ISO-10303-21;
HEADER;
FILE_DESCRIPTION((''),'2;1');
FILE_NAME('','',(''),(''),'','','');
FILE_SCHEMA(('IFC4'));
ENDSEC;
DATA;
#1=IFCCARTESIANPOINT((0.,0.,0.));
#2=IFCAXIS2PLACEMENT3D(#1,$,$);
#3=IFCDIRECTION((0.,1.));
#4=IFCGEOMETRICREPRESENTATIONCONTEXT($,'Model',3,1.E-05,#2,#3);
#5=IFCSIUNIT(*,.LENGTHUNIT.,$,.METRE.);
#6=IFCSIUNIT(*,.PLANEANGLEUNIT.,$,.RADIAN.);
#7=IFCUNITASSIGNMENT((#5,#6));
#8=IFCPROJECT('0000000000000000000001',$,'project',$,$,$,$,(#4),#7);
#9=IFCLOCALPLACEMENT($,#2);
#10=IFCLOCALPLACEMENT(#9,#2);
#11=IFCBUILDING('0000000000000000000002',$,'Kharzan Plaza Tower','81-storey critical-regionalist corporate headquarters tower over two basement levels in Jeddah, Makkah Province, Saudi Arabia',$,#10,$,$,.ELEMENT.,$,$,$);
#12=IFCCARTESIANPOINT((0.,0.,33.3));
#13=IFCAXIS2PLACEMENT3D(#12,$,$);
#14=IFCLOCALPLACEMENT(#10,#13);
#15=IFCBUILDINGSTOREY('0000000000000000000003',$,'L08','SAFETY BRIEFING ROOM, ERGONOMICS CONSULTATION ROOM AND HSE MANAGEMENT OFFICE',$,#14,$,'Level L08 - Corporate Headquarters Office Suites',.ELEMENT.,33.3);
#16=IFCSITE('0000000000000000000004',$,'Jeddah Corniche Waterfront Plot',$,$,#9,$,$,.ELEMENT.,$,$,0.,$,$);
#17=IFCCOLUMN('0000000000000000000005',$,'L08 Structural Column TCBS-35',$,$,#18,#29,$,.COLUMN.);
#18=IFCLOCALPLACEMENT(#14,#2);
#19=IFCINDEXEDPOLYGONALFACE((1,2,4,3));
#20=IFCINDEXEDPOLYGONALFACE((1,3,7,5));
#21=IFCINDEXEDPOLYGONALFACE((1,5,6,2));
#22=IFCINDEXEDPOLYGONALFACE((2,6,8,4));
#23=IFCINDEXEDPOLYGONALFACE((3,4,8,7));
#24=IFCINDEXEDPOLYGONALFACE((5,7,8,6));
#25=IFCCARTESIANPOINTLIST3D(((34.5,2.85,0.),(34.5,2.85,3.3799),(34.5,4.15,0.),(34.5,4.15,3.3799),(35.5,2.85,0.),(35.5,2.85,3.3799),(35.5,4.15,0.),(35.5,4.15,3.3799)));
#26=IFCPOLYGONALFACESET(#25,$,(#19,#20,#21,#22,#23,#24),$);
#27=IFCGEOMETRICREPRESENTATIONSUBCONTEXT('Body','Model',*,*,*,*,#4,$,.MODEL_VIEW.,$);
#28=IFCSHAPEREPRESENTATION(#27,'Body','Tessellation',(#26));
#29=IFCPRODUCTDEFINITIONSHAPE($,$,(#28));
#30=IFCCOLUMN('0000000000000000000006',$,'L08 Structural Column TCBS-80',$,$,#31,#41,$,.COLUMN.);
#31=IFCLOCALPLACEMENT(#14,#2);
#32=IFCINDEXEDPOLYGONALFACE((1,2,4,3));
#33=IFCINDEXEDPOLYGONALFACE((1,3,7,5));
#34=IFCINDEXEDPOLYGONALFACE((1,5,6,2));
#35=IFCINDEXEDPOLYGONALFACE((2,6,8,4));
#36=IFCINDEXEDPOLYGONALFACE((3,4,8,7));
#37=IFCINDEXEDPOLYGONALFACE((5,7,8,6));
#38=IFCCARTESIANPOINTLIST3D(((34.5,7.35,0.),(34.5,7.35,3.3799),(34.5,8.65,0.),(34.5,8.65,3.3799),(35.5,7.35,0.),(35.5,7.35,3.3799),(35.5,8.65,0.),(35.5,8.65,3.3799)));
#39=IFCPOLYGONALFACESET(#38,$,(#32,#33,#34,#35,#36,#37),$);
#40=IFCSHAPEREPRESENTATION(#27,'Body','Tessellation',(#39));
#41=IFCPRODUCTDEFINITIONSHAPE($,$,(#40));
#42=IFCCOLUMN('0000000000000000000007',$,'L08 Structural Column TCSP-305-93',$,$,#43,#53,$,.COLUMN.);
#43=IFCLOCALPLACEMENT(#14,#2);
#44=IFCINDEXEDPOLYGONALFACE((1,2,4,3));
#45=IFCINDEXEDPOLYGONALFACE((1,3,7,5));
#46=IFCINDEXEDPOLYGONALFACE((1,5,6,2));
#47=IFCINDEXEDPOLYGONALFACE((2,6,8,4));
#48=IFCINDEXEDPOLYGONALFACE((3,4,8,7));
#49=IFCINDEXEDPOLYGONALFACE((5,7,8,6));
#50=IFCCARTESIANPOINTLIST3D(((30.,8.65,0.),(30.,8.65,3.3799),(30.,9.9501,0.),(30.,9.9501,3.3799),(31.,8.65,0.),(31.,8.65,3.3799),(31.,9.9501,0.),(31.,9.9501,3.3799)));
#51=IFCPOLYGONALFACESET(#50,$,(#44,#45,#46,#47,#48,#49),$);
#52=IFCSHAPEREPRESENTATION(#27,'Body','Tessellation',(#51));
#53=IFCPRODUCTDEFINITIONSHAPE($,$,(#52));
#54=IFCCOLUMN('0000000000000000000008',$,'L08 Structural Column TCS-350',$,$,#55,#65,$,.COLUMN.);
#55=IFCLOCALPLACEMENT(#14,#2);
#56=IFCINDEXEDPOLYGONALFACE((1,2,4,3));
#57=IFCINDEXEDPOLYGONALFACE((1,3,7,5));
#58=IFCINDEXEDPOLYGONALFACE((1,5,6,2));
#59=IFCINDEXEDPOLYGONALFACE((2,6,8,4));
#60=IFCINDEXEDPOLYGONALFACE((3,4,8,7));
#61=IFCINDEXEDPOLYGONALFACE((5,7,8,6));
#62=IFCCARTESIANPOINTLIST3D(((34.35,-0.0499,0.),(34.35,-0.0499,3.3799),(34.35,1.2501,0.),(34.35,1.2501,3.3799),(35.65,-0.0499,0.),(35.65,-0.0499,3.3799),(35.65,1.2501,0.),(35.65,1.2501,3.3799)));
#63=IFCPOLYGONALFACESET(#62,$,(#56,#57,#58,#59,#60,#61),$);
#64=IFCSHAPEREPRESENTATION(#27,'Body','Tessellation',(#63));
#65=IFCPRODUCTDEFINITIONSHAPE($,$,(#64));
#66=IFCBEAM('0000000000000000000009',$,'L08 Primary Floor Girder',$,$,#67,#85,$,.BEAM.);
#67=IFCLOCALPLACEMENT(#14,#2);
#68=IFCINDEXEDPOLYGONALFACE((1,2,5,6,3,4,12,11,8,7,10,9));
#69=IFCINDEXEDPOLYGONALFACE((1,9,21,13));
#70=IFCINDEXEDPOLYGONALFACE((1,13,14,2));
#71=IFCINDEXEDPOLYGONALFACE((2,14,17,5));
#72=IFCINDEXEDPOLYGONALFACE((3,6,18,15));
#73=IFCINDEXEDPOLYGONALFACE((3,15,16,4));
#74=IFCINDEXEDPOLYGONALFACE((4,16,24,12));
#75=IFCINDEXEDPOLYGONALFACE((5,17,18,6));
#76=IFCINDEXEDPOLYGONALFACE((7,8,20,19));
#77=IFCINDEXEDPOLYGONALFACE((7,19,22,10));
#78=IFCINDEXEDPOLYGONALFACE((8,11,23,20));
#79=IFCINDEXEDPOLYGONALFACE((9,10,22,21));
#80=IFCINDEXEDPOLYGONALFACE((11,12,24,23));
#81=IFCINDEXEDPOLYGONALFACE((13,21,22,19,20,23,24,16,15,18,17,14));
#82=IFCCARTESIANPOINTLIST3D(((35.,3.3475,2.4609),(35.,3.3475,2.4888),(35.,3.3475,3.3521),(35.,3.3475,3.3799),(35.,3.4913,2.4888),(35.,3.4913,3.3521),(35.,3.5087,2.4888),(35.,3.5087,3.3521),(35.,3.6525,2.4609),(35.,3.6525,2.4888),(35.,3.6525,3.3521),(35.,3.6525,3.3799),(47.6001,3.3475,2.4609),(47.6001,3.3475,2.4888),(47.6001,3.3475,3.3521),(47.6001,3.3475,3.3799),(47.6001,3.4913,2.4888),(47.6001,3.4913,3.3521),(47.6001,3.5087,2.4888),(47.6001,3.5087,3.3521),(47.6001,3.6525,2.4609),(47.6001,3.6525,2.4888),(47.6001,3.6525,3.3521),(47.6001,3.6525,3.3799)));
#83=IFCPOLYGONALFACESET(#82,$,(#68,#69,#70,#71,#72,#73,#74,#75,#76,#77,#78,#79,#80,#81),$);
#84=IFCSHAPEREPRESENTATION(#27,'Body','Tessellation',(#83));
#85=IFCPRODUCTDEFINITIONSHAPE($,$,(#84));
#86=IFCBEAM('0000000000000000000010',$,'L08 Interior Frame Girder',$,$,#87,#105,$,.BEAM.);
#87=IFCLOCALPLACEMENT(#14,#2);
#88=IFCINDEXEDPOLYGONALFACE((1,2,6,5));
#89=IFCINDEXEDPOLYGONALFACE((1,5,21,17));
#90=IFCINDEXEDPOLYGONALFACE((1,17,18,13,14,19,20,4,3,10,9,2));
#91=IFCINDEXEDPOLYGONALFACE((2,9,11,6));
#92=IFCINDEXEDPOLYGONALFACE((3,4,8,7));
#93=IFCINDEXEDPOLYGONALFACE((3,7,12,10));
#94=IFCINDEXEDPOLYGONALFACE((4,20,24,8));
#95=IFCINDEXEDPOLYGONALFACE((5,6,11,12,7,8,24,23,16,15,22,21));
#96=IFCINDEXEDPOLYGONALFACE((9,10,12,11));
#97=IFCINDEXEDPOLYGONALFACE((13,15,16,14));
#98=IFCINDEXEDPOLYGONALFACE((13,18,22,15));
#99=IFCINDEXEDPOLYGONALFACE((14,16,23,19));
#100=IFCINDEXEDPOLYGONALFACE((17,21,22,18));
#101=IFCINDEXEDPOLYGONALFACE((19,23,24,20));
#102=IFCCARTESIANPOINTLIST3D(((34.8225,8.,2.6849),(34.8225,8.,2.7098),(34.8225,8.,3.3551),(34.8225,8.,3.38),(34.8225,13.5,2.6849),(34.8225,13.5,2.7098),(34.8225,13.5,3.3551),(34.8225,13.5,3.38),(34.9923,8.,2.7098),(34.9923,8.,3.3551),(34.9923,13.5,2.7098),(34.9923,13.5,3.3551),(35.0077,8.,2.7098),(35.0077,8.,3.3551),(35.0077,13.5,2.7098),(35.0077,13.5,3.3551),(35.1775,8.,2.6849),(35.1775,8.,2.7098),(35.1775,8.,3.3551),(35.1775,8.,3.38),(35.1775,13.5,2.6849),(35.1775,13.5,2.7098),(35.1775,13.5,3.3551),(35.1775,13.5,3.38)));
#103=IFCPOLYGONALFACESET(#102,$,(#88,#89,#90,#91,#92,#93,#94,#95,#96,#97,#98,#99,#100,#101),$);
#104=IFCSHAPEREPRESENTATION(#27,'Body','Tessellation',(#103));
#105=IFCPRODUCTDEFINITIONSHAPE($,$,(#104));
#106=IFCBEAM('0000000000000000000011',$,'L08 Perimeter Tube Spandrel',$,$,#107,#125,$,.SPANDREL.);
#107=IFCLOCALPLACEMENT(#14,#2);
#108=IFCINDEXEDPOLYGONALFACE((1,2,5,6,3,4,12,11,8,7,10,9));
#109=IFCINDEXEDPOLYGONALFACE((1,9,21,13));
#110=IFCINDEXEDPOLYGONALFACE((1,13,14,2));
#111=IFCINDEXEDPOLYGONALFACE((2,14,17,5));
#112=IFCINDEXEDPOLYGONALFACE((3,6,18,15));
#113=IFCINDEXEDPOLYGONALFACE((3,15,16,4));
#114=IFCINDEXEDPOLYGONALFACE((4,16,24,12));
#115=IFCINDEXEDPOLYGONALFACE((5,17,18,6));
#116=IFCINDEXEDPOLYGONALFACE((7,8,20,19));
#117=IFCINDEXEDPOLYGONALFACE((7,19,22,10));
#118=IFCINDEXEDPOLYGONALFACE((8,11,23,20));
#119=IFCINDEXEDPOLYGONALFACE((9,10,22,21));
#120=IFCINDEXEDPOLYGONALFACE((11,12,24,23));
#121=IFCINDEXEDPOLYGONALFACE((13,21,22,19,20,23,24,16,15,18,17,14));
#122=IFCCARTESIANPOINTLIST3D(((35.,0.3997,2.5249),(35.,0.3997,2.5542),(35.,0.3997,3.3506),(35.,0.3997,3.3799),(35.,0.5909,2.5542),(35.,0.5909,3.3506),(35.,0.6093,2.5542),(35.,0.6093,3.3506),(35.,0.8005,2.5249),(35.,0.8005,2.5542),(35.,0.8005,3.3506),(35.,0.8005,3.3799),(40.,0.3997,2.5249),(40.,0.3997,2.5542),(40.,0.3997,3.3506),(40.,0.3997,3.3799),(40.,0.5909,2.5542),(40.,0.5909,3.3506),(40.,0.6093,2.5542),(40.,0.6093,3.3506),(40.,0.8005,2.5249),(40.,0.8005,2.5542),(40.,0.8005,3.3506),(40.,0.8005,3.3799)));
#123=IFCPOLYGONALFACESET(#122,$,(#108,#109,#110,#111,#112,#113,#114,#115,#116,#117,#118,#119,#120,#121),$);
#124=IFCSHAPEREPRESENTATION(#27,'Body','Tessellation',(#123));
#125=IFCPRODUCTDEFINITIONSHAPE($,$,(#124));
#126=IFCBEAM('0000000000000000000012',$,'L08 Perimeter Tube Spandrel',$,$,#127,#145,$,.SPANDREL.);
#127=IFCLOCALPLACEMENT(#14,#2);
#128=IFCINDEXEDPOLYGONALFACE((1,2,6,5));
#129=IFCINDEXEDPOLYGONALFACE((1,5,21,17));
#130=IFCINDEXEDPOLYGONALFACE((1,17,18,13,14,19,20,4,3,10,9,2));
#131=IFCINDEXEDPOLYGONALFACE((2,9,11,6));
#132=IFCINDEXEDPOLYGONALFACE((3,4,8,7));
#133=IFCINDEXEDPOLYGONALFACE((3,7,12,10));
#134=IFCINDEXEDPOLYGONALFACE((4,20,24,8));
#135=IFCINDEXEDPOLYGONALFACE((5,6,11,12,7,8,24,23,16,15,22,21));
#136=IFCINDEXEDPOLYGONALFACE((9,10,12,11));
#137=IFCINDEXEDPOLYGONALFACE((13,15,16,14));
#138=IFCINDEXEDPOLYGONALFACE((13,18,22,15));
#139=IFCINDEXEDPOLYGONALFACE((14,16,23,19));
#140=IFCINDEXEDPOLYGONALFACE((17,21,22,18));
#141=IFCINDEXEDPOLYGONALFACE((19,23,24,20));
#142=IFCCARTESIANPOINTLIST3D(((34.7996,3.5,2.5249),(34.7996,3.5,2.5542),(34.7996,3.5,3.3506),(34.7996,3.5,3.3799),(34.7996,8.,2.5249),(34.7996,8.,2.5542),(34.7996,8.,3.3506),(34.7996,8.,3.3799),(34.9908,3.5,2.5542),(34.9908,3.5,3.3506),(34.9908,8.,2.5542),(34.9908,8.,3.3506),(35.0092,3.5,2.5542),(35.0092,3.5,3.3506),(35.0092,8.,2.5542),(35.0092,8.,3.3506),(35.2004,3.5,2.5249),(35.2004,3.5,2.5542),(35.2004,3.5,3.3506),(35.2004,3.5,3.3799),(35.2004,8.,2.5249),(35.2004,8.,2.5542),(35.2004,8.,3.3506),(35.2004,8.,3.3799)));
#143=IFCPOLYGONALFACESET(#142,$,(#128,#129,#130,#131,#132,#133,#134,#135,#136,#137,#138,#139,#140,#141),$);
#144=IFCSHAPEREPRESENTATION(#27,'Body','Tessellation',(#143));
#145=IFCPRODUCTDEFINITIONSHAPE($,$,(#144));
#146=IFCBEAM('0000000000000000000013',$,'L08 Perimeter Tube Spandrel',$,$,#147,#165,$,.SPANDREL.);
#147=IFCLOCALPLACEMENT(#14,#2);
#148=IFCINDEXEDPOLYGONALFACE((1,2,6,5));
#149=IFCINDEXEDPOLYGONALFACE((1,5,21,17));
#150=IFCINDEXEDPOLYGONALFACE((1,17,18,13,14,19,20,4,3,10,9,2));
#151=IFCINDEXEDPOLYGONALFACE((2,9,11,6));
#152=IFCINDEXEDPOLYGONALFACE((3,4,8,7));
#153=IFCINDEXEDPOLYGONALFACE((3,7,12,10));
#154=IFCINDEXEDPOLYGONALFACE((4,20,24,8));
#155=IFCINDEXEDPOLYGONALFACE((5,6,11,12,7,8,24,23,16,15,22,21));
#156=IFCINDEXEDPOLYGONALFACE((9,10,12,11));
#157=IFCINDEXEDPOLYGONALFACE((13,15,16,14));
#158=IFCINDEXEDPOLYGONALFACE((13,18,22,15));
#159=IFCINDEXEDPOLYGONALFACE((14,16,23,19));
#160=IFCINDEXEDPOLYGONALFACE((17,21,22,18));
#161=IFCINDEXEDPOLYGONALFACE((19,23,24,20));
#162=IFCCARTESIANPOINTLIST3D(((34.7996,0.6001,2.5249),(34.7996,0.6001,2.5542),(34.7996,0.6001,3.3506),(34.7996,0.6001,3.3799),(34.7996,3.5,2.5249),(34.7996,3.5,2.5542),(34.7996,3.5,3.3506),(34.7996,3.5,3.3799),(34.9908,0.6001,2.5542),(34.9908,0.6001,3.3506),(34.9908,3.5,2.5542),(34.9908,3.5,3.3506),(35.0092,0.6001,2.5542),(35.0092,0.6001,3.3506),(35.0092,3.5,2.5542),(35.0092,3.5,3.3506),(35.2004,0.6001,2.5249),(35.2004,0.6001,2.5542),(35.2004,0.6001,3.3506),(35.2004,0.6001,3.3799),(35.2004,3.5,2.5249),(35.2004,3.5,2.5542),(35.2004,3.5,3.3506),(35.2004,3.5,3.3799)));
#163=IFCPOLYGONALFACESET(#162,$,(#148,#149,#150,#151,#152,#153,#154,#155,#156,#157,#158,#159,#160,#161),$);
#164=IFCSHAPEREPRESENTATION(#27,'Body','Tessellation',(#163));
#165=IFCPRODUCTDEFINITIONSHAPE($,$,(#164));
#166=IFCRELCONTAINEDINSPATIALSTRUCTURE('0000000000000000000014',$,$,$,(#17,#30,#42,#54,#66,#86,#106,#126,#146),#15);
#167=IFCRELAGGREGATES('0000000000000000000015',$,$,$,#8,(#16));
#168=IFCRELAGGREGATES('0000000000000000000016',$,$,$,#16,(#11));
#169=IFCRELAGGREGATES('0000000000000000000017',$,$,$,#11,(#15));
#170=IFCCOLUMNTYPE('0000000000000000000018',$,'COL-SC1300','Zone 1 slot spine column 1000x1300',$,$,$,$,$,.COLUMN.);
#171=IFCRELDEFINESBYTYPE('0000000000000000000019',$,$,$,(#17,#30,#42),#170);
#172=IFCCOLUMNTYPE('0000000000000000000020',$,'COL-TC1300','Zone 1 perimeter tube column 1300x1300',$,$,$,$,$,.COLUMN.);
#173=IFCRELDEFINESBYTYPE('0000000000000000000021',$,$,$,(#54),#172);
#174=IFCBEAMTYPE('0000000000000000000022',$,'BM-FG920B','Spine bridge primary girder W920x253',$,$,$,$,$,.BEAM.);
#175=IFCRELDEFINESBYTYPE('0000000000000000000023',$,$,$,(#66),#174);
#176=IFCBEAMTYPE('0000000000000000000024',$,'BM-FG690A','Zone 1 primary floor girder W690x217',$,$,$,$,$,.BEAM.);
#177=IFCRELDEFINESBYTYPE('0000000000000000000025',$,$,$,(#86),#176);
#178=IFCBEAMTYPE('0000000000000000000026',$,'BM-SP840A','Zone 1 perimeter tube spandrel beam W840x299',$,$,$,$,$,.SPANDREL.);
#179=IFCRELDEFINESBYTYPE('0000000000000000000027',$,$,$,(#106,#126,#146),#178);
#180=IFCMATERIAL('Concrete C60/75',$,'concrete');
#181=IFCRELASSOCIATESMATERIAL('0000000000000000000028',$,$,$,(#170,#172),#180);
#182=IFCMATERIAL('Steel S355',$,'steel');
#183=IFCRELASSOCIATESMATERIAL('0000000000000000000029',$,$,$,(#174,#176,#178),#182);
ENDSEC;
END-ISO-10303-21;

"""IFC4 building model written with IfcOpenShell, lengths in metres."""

from ifc_helpers import new_model, si_unit, direction, frame, origin, origin_2d, place, context, subcontext, project, spatial, rectangle, i_section, extrude, source, transform, mapped, material, material_profile, profile_set, type_object, element, save


model = new_model("IFC4")

# Units and contexts
model_context = context("Model", 3, precision=1e-05, world=origin(), true_north=direction((0.0, 1.0)))
body_context = subcontext(model_context, "Body", "Model", "MODEL_VIEW")
ifc_project = project(units=[si_unit("LENGTHUNIT", "METRE"), si_unit("PLANEANGLEUNIT", "RADIAN")], contexts=[model_context])

# Site, building, storey
site_placement = place(None, origin())
site = spatial("IfcSite", under=ifc_project, at=site_placement, Name="Jeddah Corniche Waterfront Plot", CompositionType="ELEMENT", RefElevation=0.0)
building_placement = place(site_placement, origin())
building = spatial("IfcBuilding", under=site, at=building_placement, Name="Kharzan Plaza Tower", Description="81-storey critical-regionalist corporate headquarters tower over two basement levels in Jeddah, Makkah Province, Saudi Arabia", CompositionType="ELEMENT")
storey_placement = place(building_placement, frame((0.0, 0.0, 33.3)))
storey = spatial("IfcBuildingStorey", under=building, at=storey_placement, Name="L08", Description="SAFETY BRIEFING ROOM, ERGONOMICS CONSULTATION ROOM AND HSE MANAGEMENT OFFICE", LongName="Level L08 - Corporate Headquarters Office Suites", CompositionType="ELEMENT", Elevation=33.3)

# Columns
ifc_material_1 = material(Name="Concrete C60/75", Category="concrete")
ifc_material_profile_1 = material_profile(ifc_material_1, rectangle(XDim=1.0, YDim=1.3, at=origin_2d()), Name="RC-SC1300x1000")
ifc_profile_set_1 = profile_set([ifc_material_profile_1], Name="Concrete C60/75")
column_type_1 = type_object("IfcColumnType", Name="COL-SC1300", Description="Zone 1 slot spine column 1000x1300", PredefinedType="COLUMN", material=ifc_profile_set_1)
shared_shape_1 = source(origin(), body_context, "Body", "SweptSolid", [
    extrude(rectangle(XDim=1.0, YDim=1.3, at=origin_2d()), origin(), (0.0, 0.0, 1.0), 3.3799),
])
for number, where, z_axis, x_axis, name in (
    (1, (35.0, 3.5, 0.0), (0.0, 0.0, 1.0), (1.0, 0.0, 0.0), "L08 Structural Column TCBS-35"),
    (2, (35.0, 8.0, 0.0), (0.0, 0.0, 1.0), (1.0, 0.0, 0.0), "L08 Structural Column TCBS-80"),
    (3, (30.5, 9.3, 0.0), (0.0, 0.0, 1.0), (1.0, 0.0, 0.0), "L08 Structural Column TCSP-305-93"),
):
    element("IfcColumn", number, at=place(storey_placement, frame(where, z_axis=z_axis, x_axis=x_axis)), inside=storey, type_object=column_type_1, Name=name, PredefinedType="COLUMN", context=body_context, shape_type="MappedRepresentation", body=[
        mapped(shared_shape_1, transform((0.0, 0.0, 0.0), x_axis=(1.0, 0.0, 0.0), y_axis=(0.0, 1.0, 0.0), z_axis=(0.0, 0.0, 1.0))),
    ])
ifc_material_profile_2 = material_profile(ifc_material_1, rectangle(XDim=1.3, YDim=1.3, at=origin_2d()), Name="RC-TC1300x1300")
ifc_profile_set_2 = profile_set([ifc_material_profile_2], Name="Concrete C60/75")
column_type_2 = type_object("IfcColumnType", Name="COL-TC1300", Description="Zone 1 perimeter tube column 1300x1300", PredefinedType="COLUMN", material=ifc_profile_set_2)
shared_shape_2 = source(origin(), body_context, "Body", "SweptSolid", [
    extrude(rectangle(XDim=1.3, YDim=1.3, at=origin_2d()), origin(), (0.0, 0.0, 1.0), 3.3799),
])
column_placement = place(storey_placement, frame((35.0, 0.6001, 0.0), z_axis=(0.0, 0.0, 1.0), x_axis=(1.0, 0.0, 0.0)))
element("IfcColumn", 4, at=column_placement, inside=storey, type_object=column_type_2, Name="L08 Structural Column TCS-350", PredefinedType="COLUMN", context=body_context, shape_type="MappedRepresentation", body=[
    mapped(shared_shape_2, transform((0.0, 0.0, 0.0), x_axis=(1.0, 0.0, 0.0), y_axis=(0.0, 1.0, 0.0), z_axis=(0.0, 0.0, 1.0))),
])

# Beams
ifc_material_2 = material(Name="Steel S355", Category="steel")
ifc_material_profile_3 = material_profile(ifc_material_2, i_section(OverallWidth=0.3049, OverallDepth=0.9189, WebThickness=0.0173, FlangeThickness=0.0278, at=origin_2d()), Name="W920x253")
ifc_profile_set_3 = profile_set([ifc_material_profile_3], Name="Steel S355")
beam_type_1 = type_object("IfcBeamType", Name="BM-FG920B", Description="Spine bridge primary girder W920x253", PredefinedType="BEAM", material=ifc_profile_set_3)
shared_shape_3 = source(origin(), body_context, "Body", "SweptSolid", [
    extrude(i_section(OverallWidth=0.3049, OverallDepth=0.9189, WebThickness=0.0173, FlangeThickness=0.0278, at=origin_2d()), origin(), (0.0, 0.0, 1.0), 12.6001),
])
beam_1_placement = place(storey_placement, frame((35.0, 3.5, 2.9204), z_axis=(1.0, 0.0, 0.0), x_axis=(0.0, 1.0, 0.0)))
element("IfcBeam", 5, at=beam_1_placement, inside=storey, type_object=beam_type_1, Name="L08 Primary Floor Girder", PredefinedType="BEAM", context=body_context, shape_type="MappedRepresentation", body=[
    mapped(shared_shape_3, transform((0.0, 0.0, 0.0), x_axis=(1.0, 0.0, 0.0), y_axis=(0.0, 1.0, 0.0), z_axis=(0.0, 0.0, 1.0))),
])
ifc_material_profile_4 = material_profile(ifc_material_2, i_section(OverallWidth=0.355, OverallDepth=0.6951, WebThickness=0.0154, FlangeThickness=0.0249, at=origin_2d()), Name="W690x217")
ifc_profile_set_4 = profile_set([ifc_material_profile_4], Name="Steel S355")
beam_type_2 = type_object("IfcBeamType", Name="BM-FG690A", Description="Zone 1 primary floor girder W690x217", PredefinedType="BEAM", material=ifc_profile_set_4)
shared_shape_4 = source(origin(), body_context, "Body", "SweptSolid", [
    extrude(i_section(OverallWidth=0.355, OverallDepth=0.6951, WebThickness=0.0154, FlangeThickness=0.0249, at=origin_2d()), origin(), (0.0, 0.0, 1.0), 5.5),
])
beam_2_placement = place(storey_placement, frame((35.0, 8.0, 3.0325), z_axis=(0.0, 1.0, 0.0), x_axis=(-1.0, 0.0, 0.0)))
element("IfcBeam", 6, at=beam_2_placement, inside=storey, type_object=beam_type_2, Name="L08 Interior Frame Girder", PredefinedType="BEAM", context=body_context, shape_type="MappedRepresentation", body=[
    mapped(shared_shape_4, transform((0.0, 0.0, 0.0), x_axis=(1.0, 0.0, 0.0), y_axis=(0.0, 1.0, 0.0), z_axis=(0.0, 0.0, 1.0))),
])
ifc_material_profile_5 = material_profile(ifc_material_2, i_section(OverallWidth=0.4009, OverallDepth=0.855, WebThickness=0.0183, FlangeThickness=0.0293, at=origin_2d()), Name="W840x299")
ifc_profile_set_5 = profile_set([ifc_material_profile_5], Name="Steel S355")
beam_type_3 = type_object("IfcBeamType", Name="BM-SP840A", Description="Zone 1 perimeter tube spandrel beam W840x299", PredefinedType="SPANDREL", material=ifc_profile_set_5)
shared_shape_5 = source(origin(), body_context, "Body", "SweptSolid", [
    extrude(i_section(OverallWidth=0.4009, OverallDepth=0.855, WebThickness=0.0183, FlangeThickness=0.0293, at=origin_2d()), origin(), (0.0, 0.0, 1.0), 5.0),
])
beam_3_placement = place(storey_placement, frame((35.0, 0.6001, 2.9524), z_axis=(1.0, 0.0, 0.0), x_axis=(0.0, 1.0, 0.0)))
element("IfcBeam", 7, at=beam_3_placement, inside=storey, type_object=beam_type_3, Name="L08 Perimeter Tube Spandrel", PredefinedType="SPANDREL", context=body_context, shape_type="MappedRepresentation", body=[
    mapped(shared_shape_5, transform((0.0, 0.0, 0.0), x_axis=(1.0, 0.0, 0.0), y_axis=(0.0, 1.0, 0.0), z_axis=(0.0, 0.0, 1.0))),
])
shared_shape_6 = source(origin(), body_context, "Body", "SweptSolid", [
    extrude(i_section(OverallWidth=0.4009, OverallDepth=0.855, WebThickness=0.0183, FlangeThickness=0.0293, at=origin_2d()), origin(), (0.0, 0.0, 1.0), 4.5),
])
beam_4_placement = place(storey_placement, frame((35.0, 3.5, 2.9524), z_axis=(0.0, 1.0, 0.0), x_axis=(-1.0, 0.0, 0.0)))
element("IfcBeam", 8, at=beam_4_placement, inside=storey, type_object=beam_type_3, Name="L08 Perimeter Tube Spandrel", PredefinedType="SPANDREL", context=body_context, shape_type="MappedRepresentation", body=[
    mapped(shared_shape_6, transform((0.0, 0.0, 0.0), x_axis=(1.0, 0.0, 0.0), y_axis=(0.0, 1.0, 0.0), z_axis=(0.0, 0.0, 1.0))),
])
shared_shape_7 = source(origin(), body_context, "Body", "SweptSolid", [
    extrude(i_section(OverallWidth=0.4009, OverallDepth=0.855, WebThickness=0.0183, FlangeThickness=0.0293, at=origin_2d()), origin(), (0.0, 0.0, 1.0), 2.8999),
])
beam_5_placement = place(storey_placement, frame((35.0, 0.6001, 2.9524), z_axis=(0.0, 1.0, 0.0), x_axis=(-1.0, 0.0, 0.0)))
element("IfcBeam", 9, at=beam_5_placement, inside=storey, type_object=beam_type_3, Name="L08 Perimeter Tube Spandrel", PredefinedType="SPANDREL", context=body_context, shape_type="MappedRepresentation", body=[
    mapped(shared_shape_7, transform((0.0, 0.0, 0.0), x_axis=(1.0, 0.0, 0.0), y_axis=(0.0, 1.0, 0.0), z_axis=(0.0, 0.0, 1.0))),
])

save(model, "model.ifc")
